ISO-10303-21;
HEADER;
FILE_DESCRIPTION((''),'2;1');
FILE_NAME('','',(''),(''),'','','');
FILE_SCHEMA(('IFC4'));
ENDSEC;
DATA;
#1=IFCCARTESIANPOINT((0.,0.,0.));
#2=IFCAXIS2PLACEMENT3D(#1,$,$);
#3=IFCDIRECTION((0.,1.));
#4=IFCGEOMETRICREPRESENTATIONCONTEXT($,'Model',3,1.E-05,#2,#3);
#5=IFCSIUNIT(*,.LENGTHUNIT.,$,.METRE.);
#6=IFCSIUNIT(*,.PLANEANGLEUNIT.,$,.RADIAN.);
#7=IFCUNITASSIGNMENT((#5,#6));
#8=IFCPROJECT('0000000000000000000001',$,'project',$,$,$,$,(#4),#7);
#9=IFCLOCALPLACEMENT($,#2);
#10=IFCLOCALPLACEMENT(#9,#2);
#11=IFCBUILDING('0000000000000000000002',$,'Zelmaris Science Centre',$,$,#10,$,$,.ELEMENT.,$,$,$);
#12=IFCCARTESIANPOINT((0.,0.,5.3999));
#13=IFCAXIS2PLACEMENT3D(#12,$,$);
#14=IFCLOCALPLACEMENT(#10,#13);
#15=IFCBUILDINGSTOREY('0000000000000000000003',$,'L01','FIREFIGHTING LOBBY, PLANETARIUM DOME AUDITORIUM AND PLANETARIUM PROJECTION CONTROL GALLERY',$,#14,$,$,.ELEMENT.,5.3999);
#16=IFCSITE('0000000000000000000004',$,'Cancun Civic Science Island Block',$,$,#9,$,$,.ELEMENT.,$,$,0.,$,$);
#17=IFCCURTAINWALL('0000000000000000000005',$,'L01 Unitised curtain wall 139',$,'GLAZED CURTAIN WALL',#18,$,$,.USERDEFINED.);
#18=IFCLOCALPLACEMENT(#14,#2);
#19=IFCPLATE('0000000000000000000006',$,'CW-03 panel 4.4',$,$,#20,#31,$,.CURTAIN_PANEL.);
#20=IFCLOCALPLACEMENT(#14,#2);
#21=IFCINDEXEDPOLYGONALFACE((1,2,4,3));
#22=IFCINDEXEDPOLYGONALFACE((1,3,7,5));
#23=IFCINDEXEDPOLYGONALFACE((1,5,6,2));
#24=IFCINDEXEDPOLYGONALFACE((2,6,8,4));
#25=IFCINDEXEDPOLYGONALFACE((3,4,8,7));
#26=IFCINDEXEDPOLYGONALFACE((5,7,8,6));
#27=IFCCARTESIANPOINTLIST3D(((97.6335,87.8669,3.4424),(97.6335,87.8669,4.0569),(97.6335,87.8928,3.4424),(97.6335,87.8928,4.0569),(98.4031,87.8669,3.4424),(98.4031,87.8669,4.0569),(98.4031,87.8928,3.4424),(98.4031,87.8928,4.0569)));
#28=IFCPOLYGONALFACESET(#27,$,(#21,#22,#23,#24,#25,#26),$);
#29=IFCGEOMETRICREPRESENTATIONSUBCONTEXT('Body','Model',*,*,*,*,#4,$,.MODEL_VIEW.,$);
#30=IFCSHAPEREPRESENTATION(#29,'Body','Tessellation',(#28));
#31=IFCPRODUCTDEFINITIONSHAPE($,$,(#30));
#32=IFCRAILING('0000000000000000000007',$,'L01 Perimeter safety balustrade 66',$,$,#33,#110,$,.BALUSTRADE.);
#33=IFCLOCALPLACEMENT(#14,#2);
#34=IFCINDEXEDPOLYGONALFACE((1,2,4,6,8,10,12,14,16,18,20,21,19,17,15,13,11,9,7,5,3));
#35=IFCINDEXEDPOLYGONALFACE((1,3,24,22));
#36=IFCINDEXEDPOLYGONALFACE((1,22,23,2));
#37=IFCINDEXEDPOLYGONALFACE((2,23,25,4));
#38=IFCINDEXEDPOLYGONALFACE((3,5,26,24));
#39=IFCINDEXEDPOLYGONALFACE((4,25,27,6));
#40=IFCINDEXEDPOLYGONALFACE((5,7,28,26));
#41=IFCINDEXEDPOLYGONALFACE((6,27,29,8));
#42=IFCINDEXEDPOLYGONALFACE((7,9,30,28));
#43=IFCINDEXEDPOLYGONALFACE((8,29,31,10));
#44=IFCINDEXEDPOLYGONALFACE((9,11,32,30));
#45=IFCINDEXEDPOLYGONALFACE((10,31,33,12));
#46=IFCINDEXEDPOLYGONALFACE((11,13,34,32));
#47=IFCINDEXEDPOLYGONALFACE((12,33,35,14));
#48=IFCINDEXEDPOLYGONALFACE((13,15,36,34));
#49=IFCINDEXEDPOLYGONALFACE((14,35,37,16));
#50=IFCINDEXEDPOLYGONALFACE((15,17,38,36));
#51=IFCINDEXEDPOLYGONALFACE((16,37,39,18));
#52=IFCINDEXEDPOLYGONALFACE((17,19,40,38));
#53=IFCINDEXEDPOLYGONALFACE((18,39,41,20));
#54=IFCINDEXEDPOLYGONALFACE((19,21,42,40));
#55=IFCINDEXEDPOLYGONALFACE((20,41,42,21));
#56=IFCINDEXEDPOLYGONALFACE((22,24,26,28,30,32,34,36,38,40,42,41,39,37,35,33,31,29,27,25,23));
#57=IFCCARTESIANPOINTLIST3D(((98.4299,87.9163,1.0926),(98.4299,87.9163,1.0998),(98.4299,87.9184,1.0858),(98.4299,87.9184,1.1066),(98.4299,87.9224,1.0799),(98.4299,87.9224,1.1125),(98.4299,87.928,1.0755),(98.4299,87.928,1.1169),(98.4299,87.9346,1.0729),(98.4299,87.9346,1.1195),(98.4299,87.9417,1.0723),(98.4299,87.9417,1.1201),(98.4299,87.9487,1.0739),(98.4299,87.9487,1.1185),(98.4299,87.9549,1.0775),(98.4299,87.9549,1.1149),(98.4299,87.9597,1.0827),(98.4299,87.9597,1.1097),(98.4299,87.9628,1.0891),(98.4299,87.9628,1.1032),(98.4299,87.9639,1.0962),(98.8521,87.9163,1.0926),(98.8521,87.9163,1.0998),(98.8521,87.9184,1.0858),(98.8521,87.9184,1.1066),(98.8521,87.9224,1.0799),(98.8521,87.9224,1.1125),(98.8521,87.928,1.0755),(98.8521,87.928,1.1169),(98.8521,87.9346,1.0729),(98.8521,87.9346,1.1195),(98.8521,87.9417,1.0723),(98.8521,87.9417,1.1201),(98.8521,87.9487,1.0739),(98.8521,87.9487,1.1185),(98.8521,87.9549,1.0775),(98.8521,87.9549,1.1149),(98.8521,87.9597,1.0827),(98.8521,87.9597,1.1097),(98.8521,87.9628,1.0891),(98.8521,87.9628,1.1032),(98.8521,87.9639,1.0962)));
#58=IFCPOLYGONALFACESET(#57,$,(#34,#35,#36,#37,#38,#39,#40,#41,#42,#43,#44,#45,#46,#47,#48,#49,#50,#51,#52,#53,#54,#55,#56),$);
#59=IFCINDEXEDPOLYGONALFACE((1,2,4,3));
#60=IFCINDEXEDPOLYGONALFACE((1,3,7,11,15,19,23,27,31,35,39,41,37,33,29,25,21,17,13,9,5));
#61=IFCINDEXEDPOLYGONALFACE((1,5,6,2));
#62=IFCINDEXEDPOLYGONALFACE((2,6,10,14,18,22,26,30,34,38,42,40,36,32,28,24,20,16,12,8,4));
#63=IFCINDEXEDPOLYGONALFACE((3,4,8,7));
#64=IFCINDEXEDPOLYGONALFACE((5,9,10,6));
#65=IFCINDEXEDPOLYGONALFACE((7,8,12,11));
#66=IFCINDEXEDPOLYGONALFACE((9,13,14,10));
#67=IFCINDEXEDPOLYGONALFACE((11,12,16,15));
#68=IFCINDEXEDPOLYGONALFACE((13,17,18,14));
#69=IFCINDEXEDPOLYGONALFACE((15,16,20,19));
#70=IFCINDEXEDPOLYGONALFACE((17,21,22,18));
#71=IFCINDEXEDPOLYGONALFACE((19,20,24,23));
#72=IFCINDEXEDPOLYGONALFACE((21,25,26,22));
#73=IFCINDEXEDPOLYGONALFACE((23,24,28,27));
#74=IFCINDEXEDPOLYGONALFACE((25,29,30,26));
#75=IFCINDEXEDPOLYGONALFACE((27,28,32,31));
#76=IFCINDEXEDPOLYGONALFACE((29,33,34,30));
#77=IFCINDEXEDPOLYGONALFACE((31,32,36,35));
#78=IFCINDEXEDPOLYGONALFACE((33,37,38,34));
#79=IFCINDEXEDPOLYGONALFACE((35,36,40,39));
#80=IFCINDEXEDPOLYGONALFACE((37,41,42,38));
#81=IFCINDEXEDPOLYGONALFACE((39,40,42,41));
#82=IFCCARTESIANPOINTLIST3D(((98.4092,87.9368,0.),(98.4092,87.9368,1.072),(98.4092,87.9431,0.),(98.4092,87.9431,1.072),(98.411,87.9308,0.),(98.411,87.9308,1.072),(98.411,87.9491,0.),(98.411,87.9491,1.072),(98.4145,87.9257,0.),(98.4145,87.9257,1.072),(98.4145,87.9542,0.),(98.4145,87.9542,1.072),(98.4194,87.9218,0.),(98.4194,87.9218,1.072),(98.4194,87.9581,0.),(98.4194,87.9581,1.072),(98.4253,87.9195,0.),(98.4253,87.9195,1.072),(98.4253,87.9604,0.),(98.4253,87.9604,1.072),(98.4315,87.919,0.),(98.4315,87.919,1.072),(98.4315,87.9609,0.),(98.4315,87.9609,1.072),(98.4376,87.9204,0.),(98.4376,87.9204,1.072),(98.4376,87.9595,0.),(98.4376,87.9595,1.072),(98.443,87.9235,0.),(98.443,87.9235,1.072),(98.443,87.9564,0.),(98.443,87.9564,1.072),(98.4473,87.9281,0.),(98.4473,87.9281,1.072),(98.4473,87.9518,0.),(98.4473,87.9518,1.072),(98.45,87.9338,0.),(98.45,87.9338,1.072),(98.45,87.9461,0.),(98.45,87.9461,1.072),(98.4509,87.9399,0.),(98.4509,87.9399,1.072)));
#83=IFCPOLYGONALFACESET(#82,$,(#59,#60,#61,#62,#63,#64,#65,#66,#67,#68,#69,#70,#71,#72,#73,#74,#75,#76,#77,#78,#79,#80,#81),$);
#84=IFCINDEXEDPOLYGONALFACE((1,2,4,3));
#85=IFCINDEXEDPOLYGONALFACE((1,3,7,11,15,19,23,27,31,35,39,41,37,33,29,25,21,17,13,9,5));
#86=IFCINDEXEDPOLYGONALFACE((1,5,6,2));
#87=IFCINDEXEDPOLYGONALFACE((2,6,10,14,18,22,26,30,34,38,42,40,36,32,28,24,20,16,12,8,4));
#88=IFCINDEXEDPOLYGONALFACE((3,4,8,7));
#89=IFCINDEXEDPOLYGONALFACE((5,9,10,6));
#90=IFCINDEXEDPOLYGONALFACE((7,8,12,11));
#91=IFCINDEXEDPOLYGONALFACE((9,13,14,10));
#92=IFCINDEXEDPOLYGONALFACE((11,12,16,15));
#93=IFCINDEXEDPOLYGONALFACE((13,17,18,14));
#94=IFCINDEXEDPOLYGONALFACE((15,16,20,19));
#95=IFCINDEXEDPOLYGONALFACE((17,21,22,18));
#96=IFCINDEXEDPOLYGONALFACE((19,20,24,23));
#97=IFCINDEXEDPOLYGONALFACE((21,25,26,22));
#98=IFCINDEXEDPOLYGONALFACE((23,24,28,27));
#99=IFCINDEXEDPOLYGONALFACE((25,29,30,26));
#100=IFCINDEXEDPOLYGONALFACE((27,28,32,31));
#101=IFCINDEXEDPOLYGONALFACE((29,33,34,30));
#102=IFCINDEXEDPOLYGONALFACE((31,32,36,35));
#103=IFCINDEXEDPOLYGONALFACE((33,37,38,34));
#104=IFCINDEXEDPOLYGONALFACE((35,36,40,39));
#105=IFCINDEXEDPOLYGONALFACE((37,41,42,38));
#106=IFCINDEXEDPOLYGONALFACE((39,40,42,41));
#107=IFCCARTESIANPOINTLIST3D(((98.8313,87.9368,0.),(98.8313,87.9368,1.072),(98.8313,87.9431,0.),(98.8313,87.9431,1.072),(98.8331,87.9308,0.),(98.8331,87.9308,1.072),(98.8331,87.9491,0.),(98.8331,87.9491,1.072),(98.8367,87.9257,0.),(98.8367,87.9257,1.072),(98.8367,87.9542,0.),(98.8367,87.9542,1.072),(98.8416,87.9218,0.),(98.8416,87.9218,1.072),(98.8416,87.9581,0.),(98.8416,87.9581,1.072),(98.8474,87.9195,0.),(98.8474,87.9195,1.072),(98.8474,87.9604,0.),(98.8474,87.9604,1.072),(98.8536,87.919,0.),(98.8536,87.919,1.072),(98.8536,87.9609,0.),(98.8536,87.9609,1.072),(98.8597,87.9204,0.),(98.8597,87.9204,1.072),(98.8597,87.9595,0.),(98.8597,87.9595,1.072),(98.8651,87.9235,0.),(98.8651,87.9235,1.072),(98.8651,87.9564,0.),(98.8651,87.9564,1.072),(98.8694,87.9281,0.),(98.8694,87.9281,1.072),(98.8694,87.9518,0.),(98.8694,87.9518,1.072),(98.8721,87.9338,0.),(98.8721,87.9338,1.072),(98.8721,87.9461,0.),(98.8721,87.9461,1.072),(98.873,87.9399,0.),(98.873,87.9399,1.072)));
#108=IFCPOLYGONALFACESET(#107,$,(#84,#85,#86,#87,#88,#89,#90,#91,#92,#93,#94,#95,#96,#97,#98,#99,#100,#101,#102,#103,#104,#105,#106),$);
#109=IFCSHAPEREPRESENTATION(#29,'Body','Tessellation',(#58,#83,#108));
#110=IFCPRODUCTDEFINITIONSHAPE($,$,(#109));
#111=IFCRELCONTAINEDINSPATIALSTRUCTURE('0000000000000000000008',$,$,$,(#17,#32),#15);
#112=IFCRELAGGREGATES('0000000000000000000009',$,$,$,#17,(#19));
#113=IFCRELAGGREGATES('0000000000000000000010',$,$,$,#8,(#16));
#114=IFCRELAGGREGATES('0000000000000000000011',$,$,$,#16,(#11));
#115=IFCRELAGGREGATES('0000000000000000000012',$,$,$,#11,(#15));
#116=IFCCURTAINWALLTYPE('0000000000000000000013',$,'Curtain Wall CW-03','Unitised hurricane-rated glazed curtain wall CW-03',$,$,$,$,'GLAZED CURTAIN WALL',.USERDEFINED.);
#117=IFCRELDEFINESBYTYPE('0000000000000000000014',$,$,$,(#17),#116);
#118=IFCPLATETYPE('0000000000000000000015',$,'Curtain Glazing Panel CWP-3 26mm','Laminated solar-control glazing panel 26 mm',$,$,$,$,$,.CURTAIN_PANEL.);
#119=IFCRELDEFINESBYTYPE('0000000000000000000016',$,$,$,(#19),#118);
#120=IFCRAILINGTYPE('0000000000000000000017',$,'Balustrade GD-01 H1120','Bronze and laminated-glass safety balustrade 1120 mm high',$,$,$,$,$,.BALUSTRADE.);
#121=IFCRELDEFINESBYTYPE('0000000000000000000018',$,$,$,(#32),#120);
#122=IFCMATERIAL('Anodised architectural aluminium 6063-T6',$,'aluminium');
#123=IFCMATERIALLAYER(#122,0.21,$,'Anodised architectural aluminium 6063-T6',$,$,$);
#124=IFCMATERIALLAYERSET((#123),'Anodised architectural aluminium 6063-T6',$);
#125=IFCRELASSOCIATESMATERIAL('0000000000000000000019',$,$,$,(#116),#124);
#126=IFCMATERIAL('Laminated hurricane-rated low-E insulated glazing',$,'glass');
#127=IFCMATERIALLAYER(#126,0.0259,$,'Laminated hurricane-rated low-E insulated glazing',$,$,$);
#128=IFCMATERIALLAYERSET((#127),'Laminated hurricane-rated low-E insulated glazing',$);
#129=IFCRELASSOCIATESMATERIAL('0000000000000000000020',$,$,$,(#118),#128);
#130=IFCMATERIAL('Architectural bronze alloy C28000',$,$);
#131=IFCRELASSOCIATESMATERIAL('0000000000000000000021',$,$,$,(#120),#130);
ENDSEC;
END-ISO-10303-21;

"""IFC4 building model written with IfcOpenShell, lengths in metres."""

from ifc_helpers import new_model, si_unit, direction, frame, origin, origin_2d, place, context, subcontext, project, spatial, rectangle, circle, extrude, material, layer, layer_set, type_object, element, aggregate, save


model = new_model("IFC4")

# Units and contexts
model_context = context("Model", 3, precision=1e-05, world=origin(), true_north=direction((0.0, 1.0)))
body_context = subcontext(model_context, "Body", "Model", "MODEL_VIEW")
ifc_project = project(units=[si_unit("LENGTHUNIT", "METRE"), si_unit("PLANEANGLEUNIT", "RADIAN")], contexts=[model_context])

# Site, building, storey
site_placement = place(None, origin())
site = spatial("IfcSite", under=ifc_project, at=site_placement, Name="Cancun Civic Science Island Block", CompositionType="ELEMENT", RefElevation=0.0)
building_placement = place(site_placement, origin())
building = spatial("IfcBuilding", under=site, at=building_placement, Name="Zelmaris Science Centre", CompositionType="ELEMENT")
storey_placement = place(building_placement, frame((0.0, 0.0, 5.3999)))
storey = spatial("IfcBuildingStorey", under=building, at=storey_placement, Name="L01", Description="FIREFIGHTING LOBBY, PLANETARIUM DOME AUDITORIUM AND PLANETARIUM PROJECTION CONTROL GALLERY", CompositionType="ELEMENT", Elevation=5.3999)

# Curtain wall, plate
ifc_material_1 = material(Name="Anodised architectural aluminium 6063-T6", Category="aluminium")
ifc_layer_1 = layer(ifc_material_1, 0.21, Name="Anodised architectural aluminium 6063-T6")
ifc_layer_set_1 = layer_set([ifc_layer_1], Name="Anodised architectural aluminium 6063-T6")
curtain_wall_type = type_object("IfcCurtainWallType", Name="Curtain Wall CW-03", Description="Unitised hurricane-rated glazed curtain wall CW-03", ElementType="GLAZED CURTAIN WALL", PredefinedType="USERDEFINED", material=ifc_layer_set_1)
curtain_wall_placement = place(storey_placement, origin())
curtain_wall = element("IfcCurtainWall", 1, at=curtain_wall_placement, inside=storey, type_object=curtain_wall_type, Name="L01 Unitised curtain wall 139", ObjectType="GLAZED CURTAIN WALL", PredefinedType="USERDEFINED")
ifc_material_2 = material(Name="Laminated hurricane-rated low-E insulated glazing", Category="glass")
ifc_layer_2 = layer(ifc_material_2, 0.0259, Name="Laminated hurricane-rated low-E insulated glazing")
ifc_layer_set_2 = layer_set([ifc_layer_2], Name="Laminated hurricane-rated low-E insulated glazing")
plate_type = type_object("IfcPlateType", Name="Curtain Glazing Panel CWP-3 26mm", Description="Laminated solar-control glazing panel 26 mm", PredefinedType="CURTAIN_PANEL", material=ifc_layer_set_2)
plate_1_placement = place(storey_placement, frame((98.0183, 87.8799, 3.4424), z_axis=(0.0, 0.0, 1.0), x_axis=(1.0, 0.0, 0.0)))
plate_1 = element("IfcPlate", 2, at=plate_1_placement, type_object=plate_type, Name="CW-03 panel 4.4", PredefinedType="CURTAIN_PANEL", context=body_context, shape_type="SweptSolid", body=[
    extrude(rectangle(XDim=0.7695, YDim=0.0259, at=origin_2d()), origin(), (0.0, 0.0, 1.0), 0.6145),
])
aggregate(curtain_wall, [plate_1])

# Railing
ifc_material_3 = material(Name="Architectural bronze alloy C28000")
railing_type = type_object("IfcRailingType", Name="Balustrade GD-01 H1120", Description="Bronze and laminated-glass safety balustrade 1120 mm high", PredefinedType="BALUSTRADE", material=ifc_material_3)
railing_placement = place(storey_placement, frame((98.4299, 87.9399, 0.0)))
element("IfcRailing", 3, at=railing_placement, inside=storey, type_object=railing_type, Name="L01 Perimeter safety balustrade 66", PredefinedType="BALUSTRADE", context=body_context, shape_type="SweptSolid", body=[
    extrude(circle(Radius=0.0239, at=origin_2d()), frame((0.0, 0.0, 1.0962), z_axis=(1.0, 0.0, 0.0), x_axis=(0.0, 1.0, 0.0)), (0.0, 0.0, 1.0), 0.4221),
    extrude(circle(Radius=0.021, at=origin_2d()), origin(), (0.0, 0.0, 1.0), 1.072),
    extrude(circle(Radius=0.021, at=origin_2d()), frame((0.4221, 0.0, 0.0)), (0.0, 0.0, 1.0), 1.072),
])

save(model, "model.ifc")
